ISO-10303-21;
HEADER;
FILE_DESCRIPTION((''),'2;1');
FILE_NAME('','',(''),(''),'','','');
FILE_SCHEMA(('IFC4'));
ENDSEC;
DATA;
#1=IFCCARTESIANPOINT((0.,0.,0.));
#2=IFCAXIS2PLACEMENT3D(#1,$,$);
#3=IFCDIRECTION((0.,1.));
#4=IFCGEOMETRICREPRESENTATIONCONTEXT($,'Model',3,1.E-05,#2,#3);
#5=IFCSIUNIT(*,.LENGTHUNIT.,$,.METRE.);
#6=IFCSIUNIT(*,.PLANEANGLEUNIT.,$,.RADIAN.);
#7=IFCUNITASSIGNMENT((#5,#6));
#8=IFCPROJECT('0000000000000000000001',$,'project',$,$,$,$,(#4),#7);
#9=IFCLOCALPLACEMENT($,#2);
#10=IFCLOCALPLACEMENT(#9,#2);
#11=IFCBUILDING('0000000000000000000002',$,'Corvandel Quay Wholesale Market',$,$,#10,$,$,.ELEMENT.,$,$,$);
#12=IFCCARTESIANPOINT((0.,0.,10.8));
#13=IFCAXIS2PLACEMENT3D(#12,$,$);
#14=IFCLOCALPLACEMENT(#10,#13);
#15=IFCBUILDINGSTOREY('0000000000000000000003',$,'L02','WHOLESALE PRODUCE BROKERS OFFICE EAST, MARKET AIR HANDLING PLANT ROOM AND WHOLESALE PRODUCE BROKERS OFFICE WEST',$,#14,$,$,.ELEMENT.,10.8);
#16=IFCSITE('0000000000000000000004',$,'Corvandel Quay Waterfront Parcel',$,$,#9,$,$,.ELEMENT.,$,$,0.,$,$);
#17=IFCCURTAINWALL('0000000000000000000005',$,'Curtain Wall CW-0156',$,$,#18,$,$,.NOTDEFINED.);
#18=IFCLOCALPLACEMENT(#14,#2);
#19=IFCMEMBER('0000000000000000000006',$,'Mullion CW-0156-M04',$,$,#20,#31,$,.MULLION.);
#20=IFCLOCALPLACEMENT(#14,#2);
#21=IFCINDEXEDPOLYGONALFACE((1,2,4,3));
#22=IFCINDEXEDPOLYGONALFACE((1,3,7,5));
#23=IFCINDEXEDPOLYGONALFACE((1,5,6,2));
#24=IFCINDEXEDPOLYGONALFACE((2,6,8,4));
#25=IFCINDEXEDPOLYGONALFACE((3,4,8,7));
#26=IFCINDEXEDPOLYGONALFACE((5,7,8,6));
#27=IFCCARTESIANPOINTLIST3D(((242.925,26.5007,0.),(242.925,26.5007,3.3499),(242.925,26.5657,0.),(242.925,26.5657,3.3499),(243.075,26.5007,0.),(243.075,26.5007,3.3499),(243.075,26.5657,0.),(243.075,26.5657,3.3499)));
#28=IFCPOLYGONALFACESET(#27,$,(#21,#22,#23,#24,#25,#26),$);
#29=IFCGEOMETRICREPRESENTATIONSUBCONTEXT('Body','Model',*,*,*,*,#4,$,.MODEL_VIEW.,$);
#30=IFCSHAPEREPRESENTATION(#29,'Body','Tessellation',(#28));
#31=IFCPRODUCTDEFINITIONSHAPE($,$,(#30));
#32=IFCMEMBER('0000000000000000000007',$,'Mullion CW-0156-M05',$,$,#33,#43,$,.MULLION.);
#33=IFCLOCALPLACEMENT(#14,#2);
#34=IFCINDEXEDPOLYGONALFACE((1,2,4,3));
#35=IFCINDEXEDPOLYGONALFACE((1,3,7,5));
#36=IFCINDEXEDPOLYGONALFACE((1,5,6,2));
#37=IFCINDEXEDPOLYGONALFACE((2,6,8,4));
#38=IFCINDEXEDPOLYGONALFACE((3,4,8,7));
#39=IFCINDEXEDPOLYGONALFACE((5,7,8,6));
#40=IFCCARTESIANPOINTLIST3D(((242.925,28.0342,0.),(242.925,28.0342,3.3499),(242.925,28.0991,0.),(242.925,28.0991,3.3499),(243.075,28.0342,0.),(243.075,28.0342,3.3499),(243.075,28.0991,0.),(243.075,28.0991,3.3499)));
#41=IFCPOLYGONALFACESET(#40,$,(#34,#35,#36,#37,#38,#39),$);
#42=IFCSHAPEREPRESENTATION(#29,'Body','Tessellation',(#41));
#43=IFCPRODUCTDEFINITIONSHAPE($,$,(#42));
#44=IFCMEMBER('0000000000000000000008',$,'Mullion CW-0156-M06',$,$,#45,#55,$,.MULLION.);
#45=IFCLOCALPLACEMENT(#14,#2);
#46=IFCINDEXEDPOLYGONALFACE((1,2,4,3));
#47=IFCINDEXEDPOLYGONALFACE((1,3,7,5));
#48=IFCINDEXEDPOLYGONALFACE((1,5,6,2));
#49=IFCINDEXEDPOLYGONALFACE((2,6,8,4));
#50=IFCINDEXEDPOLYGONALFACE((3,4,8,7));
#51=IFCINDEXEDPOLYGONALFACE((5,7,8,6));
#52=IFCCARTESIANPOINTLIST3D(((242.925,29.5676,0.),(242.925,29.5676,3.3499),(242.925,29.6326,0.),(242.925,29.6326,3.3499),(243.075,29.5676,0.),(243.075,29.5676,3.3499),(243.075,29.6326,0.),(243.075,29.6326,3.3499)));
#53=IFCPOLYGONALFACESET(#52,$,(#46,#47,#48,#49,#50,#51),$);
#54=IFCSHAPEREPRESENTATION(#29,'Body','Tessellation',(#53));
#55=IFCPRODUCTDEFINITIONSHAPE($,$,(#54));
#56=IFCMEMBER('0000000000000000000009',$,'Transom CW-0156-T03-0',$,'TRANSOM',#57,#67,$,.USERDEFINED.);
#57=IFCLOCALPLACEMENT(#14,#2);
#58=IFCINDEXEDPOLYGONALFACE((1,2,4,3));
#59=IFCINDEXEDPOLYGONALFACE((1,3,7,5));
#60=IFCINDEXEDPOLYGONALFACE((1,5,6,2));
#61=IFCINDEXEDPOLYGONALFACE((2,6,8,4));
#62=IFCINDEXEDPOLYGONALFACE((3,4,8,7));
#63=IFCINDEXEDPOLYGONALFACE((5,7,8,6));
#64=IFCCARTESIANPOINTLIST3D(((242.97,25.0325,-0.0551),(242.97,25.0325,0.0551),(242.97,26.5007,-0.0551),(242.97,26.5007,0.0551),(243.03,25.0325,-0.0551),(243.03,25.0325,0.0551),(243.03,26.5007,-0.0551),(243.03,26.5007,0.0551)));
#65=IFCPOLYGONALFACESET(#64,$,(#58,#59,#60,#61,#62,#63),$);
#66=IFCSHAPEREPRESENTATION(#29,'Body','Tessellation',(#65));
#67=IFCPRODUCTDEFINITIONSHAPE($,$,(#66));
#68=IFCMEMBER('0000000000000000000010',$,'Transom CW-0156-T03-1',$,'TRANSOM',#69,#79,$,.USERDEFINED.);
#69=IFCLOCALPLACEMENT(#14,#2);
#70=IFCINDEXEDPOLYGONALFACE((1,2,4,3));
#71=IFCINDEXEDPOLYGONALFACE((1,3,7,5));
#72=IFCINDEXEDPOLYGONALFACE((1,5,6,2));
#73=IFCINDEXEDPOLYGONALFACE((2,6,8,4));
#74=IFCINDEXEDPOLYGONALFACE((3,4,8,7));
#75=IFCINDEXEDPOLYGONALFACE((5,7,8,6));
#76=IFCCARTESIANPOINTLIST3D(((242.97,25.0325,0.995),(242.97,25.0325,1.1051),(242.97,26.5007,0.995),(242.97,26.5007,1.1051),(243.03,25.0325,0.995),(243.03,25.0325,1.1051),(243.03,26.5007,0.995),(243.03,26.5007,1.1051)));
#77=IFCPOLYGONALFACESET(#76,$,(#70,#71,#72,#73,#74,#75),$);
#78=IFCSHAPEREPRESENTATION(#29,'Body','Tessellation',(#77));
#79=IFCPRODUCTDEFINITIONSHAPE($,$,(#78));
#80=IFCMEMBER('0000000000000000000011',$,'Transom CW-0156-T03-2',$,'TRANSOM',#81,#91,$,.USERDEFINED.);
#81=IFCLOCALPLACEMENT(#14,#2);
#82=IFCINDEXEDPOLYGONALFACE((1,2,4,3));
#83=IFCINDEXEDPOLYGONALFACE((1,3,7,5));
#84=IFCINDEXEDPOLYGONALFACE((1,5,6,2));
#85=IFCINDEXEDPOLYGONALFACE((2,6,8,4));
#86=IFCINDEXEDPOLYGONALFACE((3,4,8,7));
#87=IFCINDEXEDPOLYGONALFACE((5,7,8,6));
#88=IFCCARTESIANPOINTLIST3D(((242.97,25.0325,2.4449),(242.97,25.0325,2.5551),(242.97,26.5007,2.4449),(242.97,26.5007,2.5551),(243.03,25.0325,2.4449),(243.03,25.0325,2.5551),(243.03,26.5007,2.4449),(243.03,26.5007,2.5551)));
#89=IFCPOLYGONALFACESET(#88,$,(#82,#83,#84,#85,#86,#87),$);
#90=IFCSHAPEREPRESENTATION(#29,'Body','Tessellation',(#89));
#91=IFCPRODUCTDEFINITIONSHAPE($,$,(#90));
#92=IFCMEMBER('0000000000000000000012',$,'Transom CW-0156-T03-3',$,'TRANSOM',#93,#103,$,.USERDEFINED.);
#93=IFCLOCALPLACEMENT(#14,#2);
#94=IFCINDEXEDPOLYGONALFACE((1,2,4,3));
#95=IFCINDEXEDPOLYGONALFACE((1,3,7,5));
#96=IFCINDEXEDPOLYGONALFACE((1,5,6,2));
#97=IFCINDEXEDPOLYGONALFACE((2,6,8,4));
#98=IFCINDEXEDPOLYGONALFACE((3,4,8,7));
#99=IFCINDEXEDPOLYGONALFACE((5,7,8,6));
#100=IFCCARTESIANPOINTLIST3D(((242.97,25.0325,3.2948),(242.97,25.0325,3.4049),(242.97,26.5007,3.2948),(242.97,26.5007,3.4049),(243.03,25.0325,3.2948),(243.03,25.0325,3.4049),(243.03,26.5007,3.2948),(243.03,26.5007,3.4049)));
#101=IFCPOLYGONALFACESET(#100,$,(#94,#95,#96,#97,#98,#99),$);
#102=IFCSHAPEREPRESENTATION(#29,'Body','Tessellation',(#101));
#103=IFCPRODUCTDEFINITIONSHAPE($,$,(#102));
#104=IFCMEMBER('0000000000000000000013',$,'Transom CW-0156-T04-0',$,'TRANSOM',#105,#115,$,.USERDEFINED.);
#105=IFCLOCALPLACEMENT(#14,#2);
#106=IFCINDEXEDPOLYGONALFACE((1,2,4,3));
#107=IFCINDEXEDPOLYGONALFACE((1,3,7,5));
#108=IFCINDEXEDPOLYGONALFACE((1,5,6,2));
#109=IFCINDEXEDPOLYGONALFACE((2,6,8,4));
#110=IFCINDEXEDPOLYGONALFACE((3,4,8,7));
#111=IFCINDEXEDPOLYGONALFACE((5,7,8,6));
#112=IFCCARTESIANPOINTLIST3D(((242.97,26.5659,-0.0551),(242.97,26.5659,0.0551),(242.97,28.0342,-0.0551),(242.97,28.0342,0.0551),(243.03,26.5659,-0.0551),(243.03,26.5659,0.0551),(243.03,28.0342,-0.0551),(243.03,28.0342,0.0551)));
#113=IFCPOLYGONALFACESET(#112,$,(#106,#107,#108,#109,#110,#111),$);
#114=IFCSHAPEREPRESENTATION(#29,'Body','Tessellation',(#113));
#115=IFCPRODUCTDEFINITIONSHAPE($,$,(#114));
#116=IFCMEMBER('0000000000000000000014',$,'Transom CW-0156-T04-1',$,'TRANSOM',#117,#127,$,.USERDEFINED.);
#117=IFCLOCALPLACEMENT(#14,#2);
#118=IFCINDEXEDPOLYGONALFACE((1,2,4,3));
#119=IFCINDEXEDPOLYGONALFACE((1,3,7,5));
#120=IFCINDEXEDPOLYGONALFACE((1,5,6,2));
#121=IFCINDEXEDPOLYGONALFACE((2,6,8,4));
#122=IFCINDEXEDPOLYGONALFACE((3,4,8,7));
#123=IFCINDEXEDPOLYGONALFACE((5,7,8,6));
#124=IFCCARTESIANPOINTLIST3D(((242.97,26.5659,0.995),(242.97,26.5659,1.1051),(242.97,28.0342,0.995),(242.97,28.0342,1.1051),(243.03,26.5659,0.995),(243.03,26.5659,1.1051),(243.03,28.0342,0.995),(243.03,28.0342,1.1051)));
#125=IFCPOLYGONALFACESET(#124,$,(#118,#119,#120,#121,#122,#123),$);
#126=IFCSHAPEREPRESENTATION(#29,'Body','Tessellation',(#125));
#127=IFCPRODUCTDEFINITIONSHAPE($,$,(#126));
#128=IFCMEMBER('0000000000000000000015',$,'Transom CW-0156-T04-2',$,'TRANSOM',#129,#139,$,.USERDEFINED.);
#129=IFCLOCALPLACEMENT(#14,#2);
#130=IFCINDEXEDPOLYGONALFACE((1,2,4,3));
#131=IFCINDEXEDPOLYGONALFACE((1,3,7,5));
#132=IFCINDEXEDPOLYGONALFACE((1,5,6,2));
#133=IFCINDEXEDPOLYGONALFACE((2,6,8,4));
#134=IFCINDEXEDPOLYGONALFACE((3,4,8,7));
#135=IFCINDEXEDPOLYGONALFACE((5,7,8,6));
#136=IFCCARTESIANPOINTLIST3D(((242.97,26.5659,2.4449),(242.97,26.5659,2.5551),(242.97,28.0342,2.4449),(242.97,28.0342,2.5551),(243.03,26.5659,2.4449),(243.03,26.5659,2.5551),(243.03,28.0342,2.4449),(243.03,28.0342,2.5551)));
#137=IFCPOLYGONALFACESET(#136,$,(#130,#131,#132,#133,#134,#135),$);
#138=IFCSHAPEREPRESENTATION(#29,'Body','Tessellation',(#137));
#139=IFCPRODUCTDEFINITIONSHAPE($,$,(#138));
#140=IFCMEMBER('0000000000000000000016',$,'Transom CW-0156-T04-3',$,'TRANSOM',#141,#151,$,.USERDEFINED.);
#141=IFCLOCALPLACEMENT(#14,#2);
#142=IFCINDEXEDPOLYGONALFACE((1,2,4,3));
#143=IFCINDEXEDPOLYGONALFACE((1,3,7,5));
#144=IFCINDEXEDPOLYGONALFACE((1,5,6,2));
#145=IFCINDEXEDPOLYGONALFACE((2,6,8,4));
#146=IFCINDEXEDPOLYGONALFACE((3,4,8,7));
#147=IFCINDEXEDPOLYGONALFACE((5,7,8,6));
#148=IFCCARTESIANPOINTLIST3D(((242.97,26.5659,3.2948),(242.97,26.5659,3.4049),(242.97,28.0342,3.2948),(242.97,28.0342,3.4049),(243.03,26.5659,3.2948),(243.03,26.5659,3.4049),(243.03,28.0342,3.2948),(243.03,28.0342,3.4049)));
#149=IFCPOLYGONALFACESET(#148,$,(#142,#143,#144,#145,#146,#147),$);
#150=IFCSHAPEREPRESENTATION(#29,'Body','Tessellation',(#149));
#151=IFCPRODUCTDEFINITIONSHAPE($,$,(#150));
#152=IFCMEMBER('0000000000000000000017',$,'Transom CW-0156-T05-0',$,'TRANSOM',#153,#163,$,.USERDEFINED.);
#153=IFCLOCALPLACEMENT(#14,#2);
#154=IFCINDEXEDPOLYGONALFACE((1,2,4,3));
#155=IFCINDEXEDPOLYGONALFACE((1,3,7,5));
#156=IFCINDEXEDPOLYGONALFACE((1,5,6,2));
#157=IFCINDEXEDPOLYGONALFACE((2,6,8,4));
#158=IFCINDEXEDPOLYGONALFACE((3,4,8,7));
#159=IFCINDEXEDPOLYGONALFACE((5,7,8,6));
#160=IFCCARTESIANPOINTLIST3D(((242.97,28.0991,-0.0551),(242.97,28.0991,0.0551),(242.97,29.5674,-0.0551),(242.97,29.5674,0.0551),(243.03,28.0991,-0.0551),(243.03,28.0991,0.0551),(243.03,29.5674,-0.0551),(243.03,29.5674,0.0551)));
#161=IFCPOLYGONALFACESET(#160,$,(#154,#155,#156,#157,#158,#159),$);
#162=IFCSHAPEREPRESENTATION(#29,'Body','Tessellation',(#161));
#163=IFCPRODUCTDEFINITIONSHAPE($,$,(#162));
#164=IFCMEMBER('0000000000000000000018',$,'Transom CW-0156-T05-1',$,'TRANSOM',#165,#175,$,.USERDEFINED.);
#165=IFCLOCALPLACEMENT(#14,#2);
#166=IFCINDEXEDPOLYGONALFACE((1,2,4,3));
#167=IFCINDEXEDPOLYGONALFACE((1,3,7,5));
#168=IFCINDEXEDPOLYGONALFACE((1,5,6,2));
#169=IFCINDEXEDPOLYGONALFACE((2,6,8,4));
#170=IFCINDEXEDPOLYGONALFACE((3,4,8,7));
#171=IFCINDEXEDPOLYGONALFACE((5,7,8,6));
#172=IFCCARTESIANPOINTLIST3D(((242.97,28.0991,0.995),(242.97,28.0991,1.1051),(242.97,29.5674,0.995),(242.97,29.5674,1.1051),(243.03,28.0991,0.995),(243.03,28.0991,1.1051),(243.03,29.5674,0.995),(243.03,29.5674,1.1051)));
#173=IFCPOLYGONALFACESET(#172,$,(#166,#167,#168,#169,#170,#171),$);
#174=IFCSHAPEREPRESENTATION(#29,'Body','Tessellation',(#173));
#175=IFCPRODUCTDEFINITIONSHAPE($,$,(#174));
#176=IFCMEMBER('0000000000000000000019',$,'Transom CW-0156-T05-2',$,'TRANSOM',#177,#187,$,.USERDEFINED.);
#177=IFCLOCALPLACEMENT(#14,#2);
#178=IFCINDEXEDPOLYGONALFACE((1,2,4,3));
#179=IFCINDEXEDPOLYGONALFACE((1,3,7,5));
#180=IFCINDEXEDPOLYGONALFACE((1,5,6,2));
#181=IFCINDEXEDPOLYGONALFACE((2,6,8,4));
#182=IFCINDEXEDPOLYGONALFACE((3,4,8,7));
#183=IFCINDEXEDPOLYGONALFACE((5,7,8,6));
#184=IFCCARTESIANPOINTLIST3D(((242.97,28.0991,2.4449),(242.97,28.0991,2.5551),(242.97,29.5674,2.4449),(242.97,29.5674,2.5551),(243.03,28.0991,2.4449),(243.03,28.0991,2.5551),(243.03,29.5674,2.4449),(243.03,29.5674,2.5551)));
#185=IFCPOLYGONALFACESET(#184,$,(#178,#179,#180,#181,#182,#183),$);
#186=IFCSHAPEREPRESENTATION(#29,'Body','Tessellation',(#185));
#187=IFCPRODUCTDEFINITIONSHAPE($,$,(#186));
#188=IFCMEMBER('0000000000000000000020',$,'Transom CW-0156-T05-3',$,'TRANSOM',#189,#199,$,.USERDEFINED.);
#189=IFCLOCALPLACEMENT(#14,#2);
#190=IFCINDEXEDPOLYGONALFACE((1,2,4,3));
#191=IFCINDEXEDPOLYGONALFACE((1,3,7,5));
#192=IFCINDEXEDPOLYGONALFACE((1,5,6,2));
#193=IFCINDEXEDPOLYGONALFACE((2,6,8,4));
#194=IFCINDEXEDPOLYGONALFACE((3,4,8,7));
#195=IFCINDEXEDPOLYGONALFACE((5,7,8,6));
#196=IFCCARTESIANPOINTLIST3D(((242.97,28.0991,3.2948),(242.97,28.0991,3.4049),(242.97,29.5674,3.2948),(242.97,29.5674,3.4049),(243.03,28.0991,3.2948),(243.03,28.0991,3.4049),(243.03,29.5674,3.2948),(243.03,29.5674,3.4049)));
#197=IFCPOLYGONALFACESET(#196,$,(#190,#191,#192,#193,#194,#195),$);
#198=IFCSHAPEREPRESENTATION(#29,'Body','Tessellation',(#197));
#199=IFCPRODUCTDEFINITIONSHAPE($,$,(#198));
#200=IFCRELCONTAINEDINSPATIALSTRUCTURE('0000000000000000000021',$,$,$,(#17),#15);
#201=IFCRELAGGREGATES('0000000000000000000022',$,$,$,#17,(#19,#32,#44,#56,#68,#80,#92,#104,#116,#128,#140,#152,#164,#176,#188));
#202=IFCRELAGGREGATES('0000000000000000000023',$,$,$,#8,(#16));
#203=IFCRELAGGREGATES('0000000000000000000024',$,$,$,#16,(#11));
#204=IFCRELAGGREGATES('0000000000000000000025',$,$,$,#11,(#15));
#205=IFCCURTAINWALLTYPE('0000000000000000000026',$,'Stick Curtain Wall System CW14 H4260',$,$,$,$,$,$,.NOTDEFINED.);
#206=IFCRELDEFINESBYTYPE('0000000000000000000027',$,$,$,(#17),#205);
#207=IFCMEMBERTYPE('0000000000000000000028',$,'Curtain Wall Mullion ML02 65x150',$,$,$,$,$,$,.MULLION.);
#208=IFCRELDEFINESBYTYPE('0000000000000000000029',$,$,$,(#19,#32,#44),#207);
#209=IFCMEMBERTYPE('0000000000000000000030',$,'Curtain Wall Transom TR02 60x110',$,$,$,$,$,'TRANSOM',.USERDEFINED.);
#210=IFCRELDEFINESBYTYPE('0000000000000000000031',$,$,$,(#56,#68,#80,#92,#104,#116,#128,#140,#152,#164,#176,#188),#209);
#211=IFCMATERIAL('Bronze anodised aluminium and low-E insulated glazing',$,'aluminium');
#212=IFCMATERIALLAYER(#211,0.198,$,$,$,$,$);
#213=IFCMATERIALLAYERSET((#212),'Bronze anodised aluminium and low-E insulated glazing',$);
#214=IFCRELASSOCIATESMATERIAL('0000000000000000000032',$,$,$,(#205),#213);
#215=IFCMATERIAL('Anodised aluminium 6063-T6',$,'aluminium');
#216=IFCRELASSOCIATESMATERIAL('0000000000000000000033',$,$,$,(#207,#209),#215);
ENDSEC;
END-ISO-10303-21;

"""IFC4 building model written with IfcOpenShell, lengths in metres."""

from ifc_helpers import new_model, si_unit, direction, frame, origin, origin_2d, place, context, subcontext, project, spatial, rectangle, extrude, material, layer, layer_set, material_profile, profile_set, type_object, element, aggregate, save


model = new_model("IFC4")

# Units and contexts
model_context = context("Model", 3, precision=1e-05, world=origin(), true_north=direction((0.0, 1.0)))
body_context = subcontext(model_context, "Body", "Model", "MODEL_VIEW")
ifc_project = project(units=[si_unit("LENGTHUNIT", "METRE"), si_unit("PLANEANGLEUNIT", "RADIAN")], contexts=[model_context])

# Site, building, storey
site_placement = place(None, origin())
site = spatial("IfcSite", under=ifc_project, at=site_placement, Name="Corvandel Quay Waterfront Parcel", CompositionType="ELEMENT", RefElevation=0.0)
building_placement = place(site_placement, origin())
building = spatial("IfcBuilding", under=site, at=building_placement, Name="Corvandel Quay Wholesale Market", CompositionType="ELEMENT")
storey_placement = place(building_placement, frame((0.0, 0.0, 10.8)))
storey = spatial("IfcBuildingStorey", under=building, at=storey_placement, Name="L02", Description="WHOLESALE PRODUCE BROKERS OFFICE EAST, MARKET AIR HANDLING PLANT ROOM AND WHOLESALE PRODUCE BROKERS OFFICE WEST", CompositionType="ELEMENT", Elevation=10.8)

# Curtain wall, members
ifc_material_1 = material(Name="Bronze anodised aluminium and low-E insulated glazing", Category="aluminium")
ifc_layer_1 = layer(ifc_material_1, 0.198)
ifc_layer_set_1 = layer_set([ifc_layer_1], Name="Bronze anodised aluminium and low-E insulated glazing")
curtain_wall_type = type_object("IfcCurtainWallType", Name="Stick Curtain Wall System CW14 H4260", PredefinedType="NOTDEFINED", material=ifc_layer_set_1)
curtain_wall_placement = place(storey_placement, origin())
curtain_wall = element("IfcCurtainWall", 1, at=curtain_wall_placement, inside=storey, type_object=curtain_wall_type, Name="Curtain Wall CW-0156", PredefinedType="NOTDEFINED")
ifc_material_2 = material(Name="Anodised aluminium 6063-T6", Category="aluminium")
ifc_material_profile_1 = material_profile(ifc_material_2, rectangle(XDim=0.0649, YDim=0.1499, at=origin_2d()), Name="ALU-MUL-65x150")
ifc_profile_set_1 = profile_set([ifc_material_profile_1], Name="Anodised aluminium 6063-T6")
member_type_1 = type_object("IfcMemberType", Name="Curtain Wall Mullion ML02 65x150", PredefinedType="MULLION", material=ifc_profile_set_1)
member_1_placement = place(storey_placement, frame((243.0, 26.5332, 0.0), z_axis=(0.0, 0.0, 1.0), x_axis=(0.0, 1.0, 0.0)))
member_1 = element("IfcMember", 2, at=member_1_placement, type_object=member_type_1, Name="Mullion CW-0156-M04", PredefinedType="MULLION", context=body_context, shape_type="SweptSolid", body=[
    extrude(rectangle(XDim=0.0649, YDim=0.1499, at=origin_2d()), origin(), (0.0, 0.0, 1.0), 3.3499),
])
member_2_placement = place(storey_placement, frame((243.0, 28.0667, 0.0), z_axis=(0.0, 0.0, 1.0), x_axis=(0.0, 1.0, 0.0)))
member_2 = element("IfcMember", 3, at=member_2_placement, type_object=member_type_1, Name="Mullion CW-0156-M05", PredefinedType="MULLION", context=body_context, shape_type="SweptSolid", body=[
    extrude(rectangle(XDim=0.0649, YDim=0.1499, at=origin_2d()), origin(), (0.0, 0.0, 1.0), 3.3499),
])
member_3_placement = place(storey_placement, frame((243.0, 29.6001, 0.0), z_axis=(0.0, 0.0, 1.0), x_axis=(0.0, 1.0, 0.0)))
member_3 = element("IfcMember", 4, at=member_3_placement, type_object=member_type_1, Name="Mullion CW-0156-M06", PredefinedType="MULLION", context=body_context, shape_type="SweptSolid", body=[
    extrude(rectangle(XDim=0.0649, YDim=0.1499, at=origin_2d()), origin(), (0.0, 0.0, 1.0), 3.3499),
])
ifc_material_profile_2 = material_profile(ifc_material_2, rectangle(XDim=0.0601, YDim=0.1101, at=origin_2d()), Name="ALU-TRN-60x110")
ifc_profile_set_2 = profile_set([ifc_material_profile_2], Name="Anodised aluminium 6063-T6")
member_type_2 = type_object("IfcMemberType", Name="Curtain Wall Transom TR02 60x110", ElementType="TRANSOM", PredefinedType="USERDEFINED", material=ifc_profile_set_2)
member_4_placement = place(storey_placement, frame((243.0, 25.0325, 0.0), z_axis=(0.0, 1.0, 0.0), x_axis=(-1.0, 0.0, 0.0)))
member_4 = element("IfcMember", 5, at=member_4_placement, type_object=member_type_2, Name="Transom CW-0156-T03-0", ObjectType="TRANSOM", PredefinedType="USERDEFINED", context=body_context, shape_type="SweptSolid", body=[
    extrude(rectangle(XDim=0.0601, YDim=0.1101, at=origin_2d()), origin(), (0.0, 0.0, 1.0), 1.4683),
])
member_5_placement = place(storey_placement, frame((243.0, 25.0325, 1.05), z_axis=(0.0, 1.0, 0.0), x_axis=(-1.0, 0.0, 0.0)))
member_5 = element("IfcMember", 6, at=member_5_placement, type_object=member_type_2, Name="Transom CW-0156-T03-1", ObjectType="TRANSOM", PredefinedType="USERDEFINED", context=body_context, shape_type="SweptSolid", body=[
    extrude(rectangle(XDim=0.0601, YDim=0.1101, at=origin_2d()), origin(), (0.0, 0.0, 1.0), 1.4683),
])
member_6_placement = place(storey_placement, frame((243.0, 25.0325, 2.5), z_axis=(0.0, 1.0, 0.0), x_axis=(-1.0, 0.0, 0.0)))
member_6 = element("IfcMember", 7, at=member_6_placement, type_object=member_type_2, Name="Transom CW-0156-T03-2", ObjectType="TRANSOM", PredefinedType="USERDEFINED", context=body_context, shape_type="SweptSolid", body=[
    extrude(rectangle(XDim=0.0601, YDim=0.1101, at=origin_2d()), origin(), (0.0, 0.0, 1.0), 1.4683),
])
member_7_placement = place(storey_placement, frame((243.0, 25.0325, 3.3499), z_axis=(0.0, 1.0, 0.0), x_axis=(-1.0, 0.0, 0.0)))
member_7 = element("IfcMember", 8, at=member_7_placement, type_object=member_type_2, Name="Transom CW-0156-T03-3", ObjectType="TRANSOM", PredefinedType="USERDEFINED", context=body_context, shape_type="SweptSolid", body=[
    extrude(rectangle(XDim=0.0601, YDim=0.1101, at=origin_2d()), origin(), (0.0, 0.0, 1.0), 1.4683),
])
member_8_placement = place(storey_placement, frame((243.0, 26.5659, 0.0), z_axis=(0.0, 1.0, 0.0), x_axis=(-1.0, 0.0, 0.0)))
member_8 = element("IfcMember", 9, at=member_8_placement, type_object=member_type_2, Name="Transom CW-0156-T04-0", ObjectType="TRANSOM", PredefinedType="USERDEFINED", context=body_context, shape_type="SweptSolid", body=[
    extrude(rectangle(XDim=0.0601, YDim=0.1101, at=origin_2d()), origin(), (0.0, 0.0, 1.0), 1.4683),
])
member_9_placement = place(storey_placement, frame((243.0, 26.5659, 1.05), z_axis=(0.0, 1.0, 0.0), x_axis=(-1.0, 0.0, 0.0)))
member_9 = element("IfcMember", 10, at=member_9_placement, type_object=member_type_2, Name="Transom CW-0156-T04-1", ObjectType="TRANSOM", PredefinedType="USERDEFINED", context=body_context, shape_type="SweptSolid", body=[
    extrude(rectangle(XDim=0.0601, YDim=0.1101, at=origin_2d()), origin(), (0.0, 0.0, 1.0), 1.4683),
])
member_10_placement = place(storey_placement, frame((243.0, 26.5659, 2.5), z_axis=(0.0, 1.0, 0.0), x_axis=(-1.0, 0.0, 0.0)))
member_10 = element("IfcMember", 11, at=member_10_placement, type_object=member_type_2, Name="Transom CW-0156-T04-2", ObjectType="TRANSOM", PredefinedType="USERDEFINED", context=body_context, shape_type="SweptSolid", body=[
    extrude(rectangle(XDim=0.0601, YDim=0.1101, at=origin_2d()), origin(), (0.0, 0.0, 1.0), 1.4683),
])
member_11_placement = place(storey_placement, frame((243.0, 26.5659, 3.3499), z_axis=(0.0, 1.0, 0.0), x_axis=(-1.0, 0.0, 0.0)))
member_11 = element("IfcMember", 12, at=member_11_placement, type_object=member_type_2, Name="Transom CW-0156-T04-3", ObjectType="TRANSOM", PredefinedType="USERDEFINED", context=body_context, shape_type="SweptSolid", body=[
    extrude(rectangle(XDim=0.0601, YDim=0.1101, at=origin_2d()), origin(), (0.0, 0.0, 1.0), 1.4683),
])
member_12_placement = place(storey_placement, frame((243.0, 28.0991, 0.0), z_axis=(0.0, 1.0, 0.0), x_axis=(-1.0, 0.0, 0.0)))
member_12 = element("IfcMember", 13, at=member_12_placement, type_object=member_type_2, Name="Transom CW-0156-T05-0", ObjectType="TRANSOM", PredefinedType="USERDEFINED", context=body_context, shape_type="SweptSolid", body=[
    extrude(rectangle(XDim=0.0601, YDim=0.1101, at=origin_2d()), origin(), (0.0, 0.0, 1.0), 1.4683),
])
member_13_placement = place(storey_placement, frame((243.0, 28.0991, 1.05), z_axis=(0.0, 1.0, 0.0), x_axis=(-1.0, 0.0, 0.0)))
member_13 = element("IfcMember", 14, at=member_13_placement, type_object=member_type_2, Name="Transom CW-0156-T05-1", ObjectType="TRANSOM", PredefinedType="USERDEFINED", context=body_context, shape_type="SweptSolid", body=[
    extrude(rectangle(XDim=0.0601, YDim=0.1101, at=origin_2d()), origin(), (0.0, 0.0, 1.0), 1.4683),
])
member_14_placement = place(storey_placement, frame((243.0, 28.0991, 2.5), z_axis=(0.0, 1.0, 0.0), x_axis=(-1.0, 0.0, 0.0)))
member_14 = element("IfcMember", 15, at=member_14_placement, type_object=member_type_2, Name="Transom CW-0156-T05-2", ObjectType="TRANSOM", PredefinedType="USERDEFINED", context=body_context, shape_type="SweptSolid", body=[
    extrude(rectangle(XDim=0.0601, YDim=0.1101, at=origin_2d()), origin(), (0.0, 0.0, 1.0), 1.4683),
])
member_15_placement = place(storey_placement, frame((243.0, 28.0991, 3.3499), z_axis=(0.0, 1.0, 0.0), x_axis=(-1.0, 0.0, 0.0)))
member_15 = element("IfcMember", 16, at=member_15_placement, type_object=member_type_2, Name="Transom CW-0156-T05-3", ObjectType="TRANSOM", PredefinedType="USERDEFINED", context=body_context, shape_type="SweptSolid", body=[
    extrude(rectangle(XDim=0.0601, YDim=0.1101, at=origin_2d()), origin(), (0.0, 0.0, 1.0), 1.4683),
])
aggregate(curtain_wall, [member_1, member_2, member_3, member_4, member_5, member_6, member_7, member_8, member_9, member_10, member_11, member_12, member_13, member_14, member_15])

save(model, "model.ifc")
